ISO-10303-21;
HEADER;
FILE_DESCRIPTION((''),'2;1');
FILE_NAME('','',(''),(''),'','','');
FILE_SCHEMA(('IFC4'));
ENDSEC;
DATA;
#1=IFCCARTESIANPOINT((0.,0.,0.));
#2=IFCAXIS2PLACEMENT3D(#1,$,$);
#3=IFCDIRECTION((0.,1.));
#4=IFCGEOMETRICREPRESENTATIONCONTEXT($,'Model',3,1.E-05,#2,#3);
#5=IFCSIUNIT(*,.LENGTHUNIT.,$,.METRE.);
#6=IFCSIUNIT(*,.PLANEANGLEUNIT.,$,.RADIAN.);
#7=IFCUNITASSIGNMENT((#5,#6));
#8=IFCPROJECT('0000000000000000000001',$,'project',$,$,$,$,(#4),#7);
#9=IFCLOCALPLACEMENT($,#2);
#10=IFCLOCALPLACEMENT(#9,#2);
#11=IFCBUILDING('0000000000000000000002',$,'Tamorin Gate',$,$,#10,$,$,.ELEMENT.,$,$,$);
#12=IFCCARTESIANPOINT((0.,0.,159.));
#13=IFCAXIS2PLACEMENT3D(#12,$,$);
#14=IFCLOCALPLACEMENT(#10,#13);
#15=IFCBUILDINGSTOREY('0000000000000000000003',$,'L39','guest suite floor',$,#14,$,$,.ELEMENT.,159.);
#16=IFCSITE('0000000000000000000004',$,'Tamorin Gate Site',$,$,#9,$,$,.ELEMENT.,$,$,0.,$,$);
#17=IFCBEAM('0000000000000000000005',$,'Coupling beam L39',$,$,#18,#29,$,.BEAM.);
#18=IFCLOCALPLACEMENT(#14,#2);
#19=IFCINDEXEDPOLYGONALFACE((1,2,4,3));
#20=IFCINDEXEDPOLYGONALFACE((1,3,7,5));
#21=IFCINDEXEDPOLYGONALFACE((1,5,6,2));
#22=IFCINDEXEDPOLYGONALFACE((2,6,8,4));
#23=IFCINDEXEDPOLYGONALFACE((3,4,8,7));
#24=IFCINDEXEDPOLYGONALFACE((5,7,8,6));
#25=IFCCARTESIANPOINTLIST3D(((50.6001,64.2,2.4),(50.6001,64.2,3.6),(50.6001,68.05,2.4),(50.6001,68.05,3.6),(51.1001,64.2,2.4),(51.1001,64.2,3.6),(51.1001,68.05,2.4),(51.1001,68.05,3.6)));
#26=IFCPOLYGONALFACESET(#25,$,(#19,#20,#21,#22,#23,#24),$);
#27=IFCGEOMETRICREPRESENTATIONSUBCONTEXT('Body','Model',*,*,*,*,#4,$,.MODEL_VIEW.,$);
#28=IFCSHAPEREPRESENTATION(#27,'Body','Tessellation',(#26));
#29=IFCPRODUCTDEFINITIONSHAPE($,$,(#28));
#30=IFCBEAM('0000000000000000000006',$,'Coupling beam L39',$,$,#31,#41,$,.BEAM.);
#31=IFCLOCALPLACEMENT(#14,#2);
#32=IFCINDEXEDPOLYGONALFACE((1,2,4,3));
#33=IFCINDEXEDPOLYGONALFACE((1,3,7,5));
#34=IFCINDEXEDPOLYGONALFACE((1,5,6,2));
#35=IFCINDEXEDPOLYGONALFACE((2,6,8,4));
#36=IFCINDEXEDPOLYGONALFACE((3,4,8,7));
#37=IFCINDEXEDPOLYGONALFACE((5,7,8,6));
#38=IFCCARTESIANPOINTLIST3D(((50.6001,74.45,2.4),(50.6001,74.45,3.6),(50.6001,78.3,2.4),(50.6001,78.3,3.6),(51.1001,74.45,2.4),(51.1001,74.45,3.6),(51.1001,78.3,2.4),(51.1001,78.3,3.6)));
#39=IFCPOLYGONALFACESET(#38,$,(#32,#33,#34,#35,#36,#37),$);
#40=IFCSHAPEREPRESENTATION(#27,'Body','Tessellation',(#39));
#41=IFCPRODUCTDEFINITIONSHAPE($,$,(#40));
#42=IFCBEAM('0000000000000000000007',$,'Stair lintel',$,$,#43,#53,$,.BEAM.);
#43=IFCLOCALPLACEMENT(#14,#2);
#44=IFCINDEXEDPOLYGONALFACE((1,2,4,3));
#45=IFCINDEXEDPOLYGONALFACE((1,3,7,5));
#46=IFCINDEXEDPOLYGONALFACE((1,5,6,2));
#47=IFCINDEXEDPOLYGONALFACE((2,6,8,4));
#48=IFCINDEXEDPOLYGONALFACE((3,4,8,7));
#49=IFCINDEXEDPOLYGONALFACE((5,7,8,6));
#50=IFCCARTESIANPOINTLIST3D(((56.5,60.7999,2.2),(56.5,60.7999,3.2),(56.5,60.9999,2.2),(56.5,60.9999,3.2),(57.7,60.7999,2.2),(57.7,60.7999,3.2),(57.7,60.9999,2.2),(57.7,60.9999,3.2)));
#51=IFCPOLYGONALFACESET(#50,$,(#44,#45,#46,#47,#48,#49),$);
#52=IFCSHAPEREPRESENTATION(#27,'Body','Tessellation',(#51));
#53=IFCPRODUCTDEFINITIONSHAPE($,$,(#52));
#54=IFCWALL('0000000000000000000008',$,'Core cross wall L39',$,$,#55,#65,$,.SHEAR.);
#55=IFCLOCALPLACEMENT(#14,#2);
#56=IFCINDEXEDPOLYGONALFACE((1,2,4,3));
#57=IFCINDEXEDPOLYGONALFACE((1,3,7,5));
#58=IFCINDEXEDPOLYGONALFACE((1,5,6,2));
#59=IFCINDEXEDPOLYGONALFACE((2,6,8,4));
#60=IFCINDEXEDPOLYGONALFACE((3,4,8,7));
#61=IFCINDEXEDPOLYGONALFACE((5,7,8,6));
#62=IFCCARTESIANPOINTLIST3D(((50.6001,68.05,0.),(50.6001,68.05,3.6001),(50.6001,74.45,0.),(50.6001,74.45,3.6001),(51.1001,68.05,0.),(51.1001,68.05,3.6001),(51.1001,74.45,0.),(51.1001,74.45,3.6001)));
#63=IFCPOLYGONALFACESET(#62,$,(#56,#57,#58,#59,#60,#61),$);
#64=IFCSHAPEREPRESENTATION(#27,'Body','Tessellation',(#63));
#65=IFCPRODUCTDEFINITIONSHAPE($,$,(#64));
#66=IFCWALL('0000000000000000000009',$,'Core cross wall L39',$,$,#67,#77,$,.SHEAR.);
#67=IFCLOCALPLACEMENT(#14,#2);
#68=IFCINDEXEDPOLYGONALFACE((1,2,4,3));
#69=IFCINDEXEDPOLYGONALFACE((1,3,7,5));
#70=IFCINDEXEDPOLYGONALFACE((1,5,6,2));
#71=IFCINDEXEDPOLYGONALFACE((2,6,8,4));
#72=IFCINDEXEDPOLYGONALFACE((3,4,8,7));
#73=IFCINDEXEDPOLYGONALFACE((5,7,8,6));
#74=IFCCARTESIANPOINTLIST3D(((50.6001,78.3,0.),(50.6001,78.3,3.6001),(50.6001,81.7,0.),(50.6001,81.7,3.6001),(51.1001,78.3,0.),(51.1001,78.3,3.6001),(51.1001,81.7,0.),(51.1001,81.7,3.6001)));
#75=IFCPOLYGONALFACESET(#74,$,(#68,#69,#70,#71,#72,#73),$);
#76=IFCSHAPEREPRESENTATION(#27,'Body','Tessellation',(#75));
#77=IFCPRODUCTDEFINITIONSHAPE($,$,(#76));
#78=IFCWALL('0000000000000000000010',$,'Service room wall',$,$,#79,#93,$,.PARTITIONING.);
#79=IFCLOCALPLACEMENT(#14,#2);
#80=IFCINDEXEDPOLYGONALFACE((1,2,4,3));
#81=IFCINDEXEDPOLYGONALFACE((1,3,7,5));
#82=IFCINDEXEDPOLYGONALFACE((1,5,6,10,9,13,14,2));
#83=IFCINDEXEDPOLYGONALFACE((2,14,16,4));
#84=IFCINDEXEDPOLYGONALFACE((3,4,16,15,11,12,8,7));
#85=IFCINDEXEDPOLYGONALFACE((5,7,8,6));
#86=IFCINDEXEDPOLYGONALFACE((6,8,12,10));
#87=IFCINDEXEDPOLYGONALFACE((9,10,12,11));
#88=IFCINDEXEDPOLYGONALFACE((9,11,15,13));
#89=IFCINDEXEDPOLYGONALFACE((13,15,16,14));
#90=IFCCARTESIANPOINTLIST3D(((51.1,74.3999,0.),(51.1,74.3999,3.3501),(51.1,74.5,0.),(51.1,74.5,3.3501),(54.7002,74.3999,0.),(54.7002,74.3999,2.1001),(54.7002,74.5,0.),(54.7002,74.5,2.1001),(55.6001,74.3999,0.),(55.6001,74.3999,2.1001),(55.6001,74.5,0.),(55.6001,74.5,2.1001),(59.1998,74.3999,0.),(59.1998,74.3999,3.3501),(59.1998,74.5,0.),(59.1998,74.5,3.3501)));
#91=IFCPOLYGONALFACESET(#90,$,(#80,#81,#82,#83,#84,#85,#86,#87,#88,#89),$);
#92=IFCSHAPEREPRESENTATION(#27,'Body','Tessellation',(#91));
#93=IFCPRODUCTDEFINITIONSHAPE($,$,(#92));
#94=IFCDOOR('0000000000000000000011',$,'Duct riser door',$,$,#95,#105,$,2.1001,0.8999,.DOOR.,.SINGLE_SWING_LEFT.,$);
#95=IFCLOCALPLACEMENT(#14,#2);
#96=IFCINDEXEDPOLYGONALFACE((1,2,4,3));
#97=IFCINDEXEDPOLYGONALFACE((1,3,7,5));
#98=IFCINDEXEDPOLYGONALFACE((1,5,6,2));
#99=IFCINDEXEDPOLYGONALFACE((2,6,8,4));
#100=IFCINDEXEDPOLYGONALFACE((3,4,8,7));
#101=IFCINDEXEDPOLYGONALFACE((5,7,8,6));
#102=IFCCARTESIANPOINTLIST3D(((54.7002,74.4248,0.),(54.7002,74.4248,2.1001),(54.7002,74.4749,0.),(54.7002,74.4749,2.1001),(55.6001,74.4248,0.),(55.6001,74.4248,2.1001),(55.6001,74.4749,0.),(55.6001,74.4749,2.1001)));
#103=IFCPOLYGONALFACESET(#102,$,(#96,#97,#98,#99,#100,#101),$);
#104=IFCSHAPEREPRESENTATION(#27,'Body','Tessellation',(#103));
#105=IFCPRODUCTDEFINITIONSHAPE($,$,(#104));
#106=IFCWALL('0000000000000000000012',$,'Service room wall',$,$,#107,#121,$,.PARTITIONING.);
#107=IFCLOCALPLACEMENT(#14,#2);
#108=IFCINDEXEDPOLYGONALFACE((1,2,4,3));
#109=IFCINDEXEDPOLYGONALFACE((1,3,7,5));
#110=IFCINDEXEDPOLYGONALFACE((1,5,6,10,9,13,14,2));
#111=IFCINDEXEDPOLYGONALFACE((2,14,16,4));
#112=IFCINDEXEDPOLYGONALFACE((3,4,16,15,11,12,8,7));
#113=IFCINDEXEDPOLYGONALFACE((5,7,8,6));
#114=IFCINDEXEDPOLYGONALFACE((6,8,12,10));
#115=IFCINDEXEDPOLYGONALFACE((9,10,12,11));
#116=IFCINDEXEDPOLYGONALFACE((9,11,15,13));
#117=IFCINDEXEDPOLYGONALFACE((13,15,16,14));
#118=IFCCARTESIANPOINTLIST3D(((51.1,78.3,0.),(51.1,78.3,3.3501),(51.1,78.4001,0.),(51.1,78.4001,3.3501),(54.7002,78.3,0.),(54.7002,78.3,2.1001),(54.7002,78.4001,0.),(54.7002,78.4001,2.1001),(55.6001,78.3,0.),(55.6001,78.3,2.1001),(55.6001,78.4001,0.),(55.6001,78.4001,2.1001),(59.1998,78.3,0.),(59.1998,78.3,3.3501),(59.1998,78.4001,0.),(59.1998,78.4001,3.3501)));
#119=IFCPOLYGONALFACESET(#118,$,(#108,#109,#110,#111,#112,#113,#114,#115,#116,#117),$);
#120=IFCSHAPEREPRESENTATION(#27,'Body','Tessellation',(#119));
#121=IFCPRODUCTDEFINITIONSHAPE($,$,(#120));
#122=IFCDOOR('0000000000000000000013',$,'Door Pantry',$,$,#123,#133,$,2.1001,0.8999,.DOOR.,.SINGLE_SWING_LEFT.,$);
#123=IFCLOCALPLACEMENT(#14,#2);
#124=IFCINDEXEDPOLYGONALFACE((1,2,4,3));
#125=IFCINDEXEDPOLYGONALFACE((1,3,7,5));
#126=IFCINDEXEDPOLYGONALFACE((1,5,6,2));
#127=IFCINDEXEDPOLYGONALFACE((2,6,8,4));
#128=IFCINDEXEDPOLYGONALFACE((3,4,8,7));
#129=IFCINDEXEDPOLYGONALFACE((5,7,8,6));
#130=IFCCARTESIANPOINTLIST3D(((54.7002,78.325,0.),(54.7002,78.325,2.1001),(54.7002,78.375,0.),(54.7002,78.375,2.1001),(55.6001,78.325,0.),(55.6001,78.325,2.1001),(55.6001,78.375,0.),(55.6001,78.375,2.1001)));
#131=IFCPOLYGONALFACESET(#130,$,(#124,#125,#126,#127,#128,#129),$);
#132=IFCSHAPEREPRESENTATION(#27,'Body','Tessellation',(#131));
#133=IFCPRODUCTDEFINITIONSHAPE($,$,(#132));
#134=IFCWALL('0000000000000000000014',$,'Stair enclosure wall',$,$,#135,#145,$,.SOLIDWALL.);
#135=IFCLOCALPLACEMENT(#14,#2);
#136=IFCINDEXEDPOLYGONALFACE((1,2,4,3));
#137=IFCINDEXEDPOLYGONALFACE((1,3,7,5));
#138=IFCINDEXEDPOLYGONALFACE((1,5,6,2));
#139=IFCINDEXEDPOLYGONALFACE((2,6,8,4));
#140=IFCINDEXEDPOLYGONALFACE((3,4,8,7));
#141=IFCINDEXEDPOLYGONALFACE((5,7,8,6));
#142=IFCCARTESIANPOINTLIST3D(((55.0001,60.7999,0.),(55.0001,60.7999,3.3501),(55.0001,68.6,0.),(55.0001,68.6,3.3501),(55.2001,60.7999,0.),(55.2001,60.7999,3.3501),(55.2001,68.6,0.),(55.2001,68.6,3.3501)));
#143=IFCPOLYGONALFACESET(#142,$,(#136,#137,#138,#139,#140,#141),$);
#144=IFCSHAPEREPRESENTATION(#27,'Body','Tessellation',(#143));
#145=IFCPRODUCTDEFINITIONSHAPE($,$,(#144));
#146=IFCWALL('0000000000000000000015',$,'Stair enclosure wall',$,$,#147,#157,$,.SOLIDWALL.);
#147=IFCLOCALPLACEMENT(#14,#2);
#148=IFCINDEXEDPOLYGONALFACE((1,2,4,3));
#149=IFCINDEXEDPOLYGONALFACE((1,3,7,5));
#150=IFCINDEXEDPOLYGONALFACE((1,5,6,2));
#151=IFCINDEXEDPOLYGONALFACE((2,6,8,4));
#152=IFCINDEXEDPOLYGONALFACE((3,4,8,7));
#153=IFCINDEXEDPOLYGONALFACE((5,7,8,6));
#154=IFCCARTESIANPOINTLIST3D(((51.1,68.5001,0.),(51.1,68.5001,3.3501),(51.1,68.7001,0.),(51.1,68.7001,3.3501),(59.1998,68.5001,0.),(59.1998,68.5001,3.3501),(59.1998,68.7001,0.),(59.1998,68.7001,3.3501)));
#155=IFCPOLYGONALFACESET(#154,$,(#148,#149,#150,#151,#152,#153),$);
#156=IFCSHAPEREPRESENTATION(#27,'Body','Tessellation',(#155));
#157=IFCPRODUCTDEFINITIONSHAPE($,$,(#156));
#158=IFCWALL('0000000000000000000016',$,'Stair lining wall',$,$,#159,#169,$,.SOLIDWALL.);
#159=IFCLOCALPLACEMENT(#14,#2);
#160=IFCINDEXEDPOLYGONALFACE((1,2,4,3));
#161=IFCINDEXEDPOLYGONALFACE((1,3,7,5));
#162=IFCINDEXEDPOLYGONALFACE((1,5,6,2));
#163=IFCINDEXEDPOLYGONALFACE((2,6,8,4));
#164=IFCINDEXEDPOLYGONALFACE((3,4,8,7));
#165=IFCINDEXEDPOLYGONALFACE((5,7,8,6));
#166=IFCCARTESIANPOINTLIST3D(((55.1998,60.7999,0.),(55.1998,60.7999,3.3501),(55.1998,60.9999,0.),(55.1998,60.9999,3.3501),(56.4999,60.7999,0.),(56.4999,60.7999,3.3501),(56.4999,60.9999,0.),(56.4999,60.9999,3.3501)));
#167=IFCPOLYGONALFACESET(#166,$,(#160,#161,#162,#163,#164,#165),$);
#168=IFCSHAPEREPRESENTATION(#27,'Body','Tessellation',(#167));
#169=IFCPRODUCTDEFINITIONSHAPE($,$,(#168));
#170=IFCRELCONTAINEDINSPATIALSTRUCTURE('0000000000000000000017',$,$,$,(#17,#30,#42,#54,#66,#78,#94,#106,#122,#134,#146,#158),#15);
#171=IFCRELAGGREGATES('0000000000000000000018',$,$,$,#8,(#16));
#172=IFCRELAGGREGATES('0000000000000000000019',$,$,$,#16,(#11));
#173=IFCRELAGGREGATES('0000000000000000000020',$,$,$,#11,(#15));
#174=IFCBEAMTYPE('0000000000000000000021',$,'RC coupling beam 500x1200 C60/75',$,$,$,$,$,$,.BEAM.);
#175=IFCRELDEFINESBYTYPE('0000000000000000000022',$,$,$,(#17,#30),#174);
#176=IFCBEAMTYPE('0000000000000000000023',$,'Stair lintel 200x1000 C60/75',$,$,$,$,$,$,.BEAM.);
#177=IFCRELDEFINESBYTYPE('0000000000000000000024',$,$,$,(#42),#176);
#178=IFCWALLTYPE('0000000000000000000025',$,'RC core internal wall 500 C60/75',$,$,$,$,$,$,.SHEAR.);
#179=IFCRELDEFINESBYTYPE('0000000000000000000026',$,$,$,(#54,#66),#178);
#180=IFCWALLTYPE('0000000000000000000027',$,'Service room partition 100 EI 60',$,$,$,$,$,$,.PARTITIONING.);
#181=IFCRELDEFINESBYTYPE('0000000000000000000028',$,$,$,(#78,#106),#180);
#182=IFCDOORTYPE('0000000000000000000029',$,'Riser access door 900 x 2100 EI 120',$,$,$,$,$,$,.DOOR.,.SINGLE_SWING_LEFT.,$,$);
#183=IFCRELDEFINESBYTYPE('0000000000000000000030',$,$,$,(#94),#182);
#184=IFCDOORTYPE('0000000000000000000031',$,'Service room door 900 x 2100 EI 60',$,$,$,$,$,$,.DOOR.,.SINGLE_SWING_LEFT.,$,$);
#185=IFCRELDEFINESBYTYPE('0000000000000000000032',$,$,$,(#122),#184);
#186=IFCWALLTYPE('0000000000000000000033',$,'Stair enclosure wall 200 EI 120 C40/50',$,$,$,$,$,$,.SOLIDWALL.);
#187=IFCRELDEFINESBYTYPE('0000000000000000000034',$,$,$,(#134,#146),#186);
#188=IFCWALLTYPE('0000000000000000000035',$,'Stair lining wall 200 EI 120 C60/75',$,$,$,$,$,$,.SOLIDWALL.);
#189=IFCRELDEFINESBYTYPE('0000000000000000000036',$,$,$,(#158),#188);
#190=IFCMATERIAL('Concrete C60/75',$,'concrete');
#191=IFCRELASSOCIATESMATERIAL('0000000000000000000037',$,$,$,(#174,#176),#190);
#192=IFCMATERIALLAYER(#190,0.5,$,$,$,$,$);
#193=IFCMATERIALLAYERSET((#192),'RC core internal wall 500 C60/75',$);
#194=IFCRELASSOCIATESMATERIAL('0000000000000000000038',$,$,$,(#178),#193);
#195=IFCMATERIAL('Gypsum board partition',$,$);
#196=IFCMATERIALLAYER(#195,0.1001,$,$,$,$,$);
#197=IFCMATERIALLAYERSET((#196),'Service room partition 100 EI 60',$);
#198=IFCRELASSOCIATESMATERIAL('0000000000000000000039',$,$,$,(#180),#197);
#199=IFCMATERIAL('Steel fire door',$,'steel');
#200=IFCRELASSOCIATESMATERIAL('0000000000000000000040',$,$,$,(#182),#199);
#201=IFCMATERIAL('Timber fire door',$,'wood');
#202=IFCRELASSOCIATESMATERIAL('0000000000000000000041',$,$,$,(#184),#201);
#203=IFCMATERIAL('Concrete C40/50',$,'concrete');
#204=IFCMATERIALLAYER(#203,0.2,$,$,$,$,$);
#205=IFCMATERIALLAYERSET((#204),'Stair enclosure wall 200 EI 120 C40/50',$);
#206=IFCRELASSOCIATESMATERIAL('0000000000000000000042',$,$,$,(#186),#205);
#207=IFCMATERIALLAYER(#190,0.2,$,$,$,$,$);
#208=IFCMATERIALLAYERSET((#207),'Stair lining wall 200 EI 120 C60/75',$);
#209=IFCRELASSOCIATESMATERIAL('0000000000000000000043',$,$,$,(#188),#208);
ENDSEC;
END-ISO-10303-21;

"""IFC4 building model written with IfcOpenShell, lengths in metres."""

from ifc_helpers import new_model, si_unit, direction, frame, frame_2d, origin, origin_2d, place, context, subcontext, project, spatial, rectangle, extrude, material, layer, layer_set, material_profile, profile_set, type_object, element, fill, save


model = new_model("IFC4")

# Units and contexts
model_context = context("Model", 3, precision=1e-05, world=origin(), true_north=direction((0.0, 1.0)))
body_context = subcontext(model_context, "Body", "Model", "MODEL_VIEW")
ifc_project = project(units=[si_unit("LENGTHUNIT", "METRE"), si_unit("PLANEANGLEUNIT", "RADIAN")], contexts=[model_context])

# Site, building, storey
site_placement = place(None, origin())
site = spatial("IfcSite", under=ifc_project, at=site_placement, Name="Tamorin Gate Site", CompositionType="ELEMENT", RefElevation=0.0)
building_placement = place(site_placement, origin())
building = spatial("IfcBuilding", under=site, at=building_placement, Name="Tamorin Gate", CompositionType="ELEMENT")
storey_placement = place(building_placement, frame((0.0, 0.0, 159.0)))
storey = spatial("IfcBuildingStorey", under=building, at=storey_placement, Name="L39", Description="guest suite floor", CompositionType="ELEMENT", Elevation=159.0)

# Beams
ifc_material_1 = material(Name="Concrete C60/75", Category="concrete")
ifc_material_profile_1 = material_profile(ifc_material_1, rectangle(XDim=0.5, YDim=1.2, at=origin_2d()), Name="RC 500x1200")
ifc_profile_set_1 = profile_set([ifc_material_profile_1], Name="Concrete C60/75")
beam_type_1 = type_object("IfcBeamType", Name="RC coupling beam 500x1200 C60/75", PredefinedType="BEAM", material=ifc_profile_set_1)
for number, where, z_axis, x_axis, name in (
    (1, (50.8501, 64.2, 3.0), (0.0, 1.0, 0.0), (-1.0, 0.0, 0.0), "Coupling beam L39"),
    (2, (50.8501, 74.45, 3.0), (0.0, 1.0, 0.0), (-1.0, 0.0, 0.0), "Coupling beam L39"),
):
    element("IfcBeam", number, at=place(storey_placement, frame(where, z_axis=z_axis, x_axis=x_axis)), inside=storey, type_object=beam_type_1, Name=name, PredefinedType="BEAM", context=body_context, shape_type="SweptSolid", body=[
        extrude(rectangle(XDim=0.5, YDim=1.2, at=origin_2d()), origin(), (0.0, 0.0, 1.0), 3.8501),
    ])
ifc_material_profile_2 = material_profile(ifc_material_1, rectangle(XDim=0.2, YDim=1.0, at=origin_2d()))
ifc_profile_set_2 = profile_set([ifc_material_profile_2], Name="Concrete C60/75")
beam_type_2 = type_object("IfcBeamType", Name="Stair lintel 200x1000 C60/75", PredefinedType="BEAM", material=ifc_profile_set_2)
beam_placement = place(storey_placement, frame((56.5, 60.8999, 2.7), z_axis=(1.0, 0.0, 0.0), x_axis=(0.0, 1.0, 0.0)))
element("IfcBeam", 3, at=beam_placement, inside=storey, type_object=beam_type_2, Name="Stair lintel", PredefinedType="BEAM", context=body_context, shape_type="SweptSolid", body=[
    extrude(rectangle(XDim=0.2, YDim=1.0, at=origin_2d()), origin(), (0.0, 0.0, 1.0), 1.2),
])

# Walls
ifc_layer_1 = layer(ifc_material_1, 0.5)
ifc_layer_set_1 = layer_set([ifc_layer_1], Name="RC core internal wall 500 C60/75")
wall_type_1 = type_object("IfcWallType", Name="RC core internal wall 500 C60/75", PredefinedType="SHEAR", material=ifc_layer_set_1)
wall_1_placement = place(storey_placement, frame((50.8501, 68.05, 0.0), z_axis=(0.0, 0.0, 1.0), x_axis=(0.0, 1.0, 0.0)))
element("IfcWall", 4, at=wall_1_placement, inside=storey, type_object=wall_type_1, Name="Core cross wall L39", PredefinedType="SHEAR", context=body_context, shape_type="SweptSolid", body=[
    extrude(rectangle(XDim=6.3999, YDim=0.5, at=frame_2d((3.2, 0.0))), origin(), (0.0, 0.0, 1.0), 3.6001),
])
wall_2_placement = place(storey_placement, frame((50.8501, 78.3, 0.0), z_axis=(0.0, 0.0, 1.0), x_axis=(0.0, 1.0, 0.0)))
element("IfcWall", 5, at=wall_2_placement, inside=storey, type_object=wall_type_1, Name="Core cross wall L39", PredefinedType="SHEAR", context=body_context, shape_type="SweptSolid", body=[
    extrude(rectangle(XDim=3.3999, YDim=0.5, at=frame_2d((1.7, 0.0))), origin(), (0.0, 0.0, 1.0), 3.6001),
])

# Walls, openings, doors
ifc_material_2 = material(Name="Gypsum board partition")
ifc_layer_2 = layer(ifc_material_2, 0.1001)
ifc_layer_set_2 = layer_set([ifc_layer_2], Name="Service room partition 100 EI 60")
wall_type_2 = type_object("IfcWallType", Name="Service room partition 100 EI 60", PredefinedType="PARTITIONING", material=ifc_layer_set_2)
wall_3_placement = place(storey_placement, frame((51.1001, 74.45, 0.0), z_axis=(0.0, 0.0, 1.0), x_axis=(1.0, 0.0, 0.0)))
wall_3 = element("IfcWall", 6, at=wall_3_placement, inside=storey, type_object=wall_type_2, Name="Service room wall", PredefinedType="PARTITIONING", context=body_context, shape_type="SweptSolid", body=[
    extrude(rectangle(XDim=8.0999, YDim=0.1001, at=frame_2d((4.0498, 0.0))), origin(), (0.0, 0.0, 1.0), 3.3501),
])
opening_1_placement = place(wall_3_placement, frame((3.6001, 0.0, 0.0)))
opening_1 = element("IfcOpeningElement", 7, at=opening_1_placement, cuts=wall_3, PredefinedType="OPENING", context=body_context, shape_type="SweptSolid", body=[
    extrude(rectangle(XDim=0.8999, YDim=2.1001, at=frame_2d((0.45, 1.05))), frame((0.0, 0.0601, 0.0), z_axis=(0.0, -1.0, 0.0), x_axis=(1.0, 0.0, 0.0)), (0.0, 0.0, 1.0), 0.1201),
])
ifc_material_3 = material(Name="Steel fire door", Category="steel")
door_type_1 = type_object("IfcDoorType", Name="Riser access door 900 x 2100 EI 120", OperationType="SINGLE_SWING_LEFT", PredefinedType="DOOR", material=ifc_material_3)
door_1_placement = place(opening_1_placement, origin())
door_1 = element("IfcDoor", 8, at=door_1_placement, inside=storey, type_object=door_type_1, Name="Duct riser door", OperationType="SINGLE_SWING_LEFT", OverallHeight=2.1001, OverallWidth=0.8999, PredefinedType="DOOR", context=body_context, shape_type="SweptSolid", body=[
    extrude(rectangle(XDim=0.8999, YDim=2.1001, at=frame_2d((0.45, 1.05))), frame((0.0, 0.0249, 0.0), z_axis=(0.0, -1.0, 0.0), x_axis=(1.0, 0.0, 0.0)), (0.0, 0.0, 1.0), 0.05),
])
fill(opening_1, door_1)
wall_4_placement = place(storey_placement, frame((51.1001, 78.3501, 0.0), z_axis=(0.0, 0.0, 1.0), x_axis=(1.0, 0.0, 0.0)))
wall_4 = element("IfcWall", 9, at=wall_4_placement, inside=storey, type_object=wall_type_2, Name="Service room wall", PredefinedType="PARTITIONING", context=body_context, shape_type="SweptSolid", body=[
    extrude(rectangle(XDim=8.0999, YDim=0.1001, at=frame_2d((4.0498, 0.0))), origin(), (0.0, 0.0, 1.0), 3.3501),
])
opening_2_placement = place(wall_4_placement, frame((3.6001, 0.0, 0.0)))
opening_2 = element("IfcOpeningElement", 10, at=opening_2_placement, cuts=wall_4, PredefinedType="OPENING", context=body_context, shape_type="SweptSolid", body=[
    extrude(rectangle(XDim=0.8999, YDim=2.1001, at=frame_2d((0.45, 1.05))), frame((0.0, 0.0601, 0.0), z_axis=(0.0, -1.0, 0.0), x_axis=(1.0, 0.0, 0.0)), (0.0, 0.0, 1.0), 0.1201),
])
ifc_material_4 = material(Name="Timber fire door", Category="wood")
door_type_2 = type_object("IfcDoorType", Name="Service room door 900 x 2100 EI 60", OperationType="SINGLE_SWING_LEFT", PredefinedType="DOOR", material=ifc_material_4)
door_2_placement = place(opening_2_placement, origin())
door_2 = element("IfcDoor", 11, at=door_2_placement, inside=storey, type_object=door_type_2, Name="Door Pantry", OperationType="SINGLE_SWING_LEFT", OverallHeight=2.1001, OverallWidth=0.8999, PredefinedType="DOOR", context=body_context, shape_type="SweptSolid", body=[
    extrude(rectangle(XDim=0.8999, YDim=2.1001, at=frame_2d((0.45, 1.05))), frame((0.0, 0.0249, 0.0), z_axis=(0.0, -1.0, 0.0), x_axis=(1.0, 0.0, 0.0)), (0.0, 0.0, 1.0), 0.05),
])
fill(opening_2, door_2)

# Walls
ifc_material_5 = material(Name="Concrete C40/50", Category="concrete")
ifc_layer_3 = layer(ifc_material_5, 0.2)
ifc_layer_set_3 = layer_set([ifc_layer_3], Name="Stair enclosure wall 200 EI 120 C40/50")
wall_type_3 = type_object("IfcWallType", Name="Stair enclosure wall 200 EI 120 C40/50", PredefinedType="SOLIDWALL", material=ifc_layer_set_3)
wall_5_placement = place(storey_placement, frame((55.1001, 60.8, 0.0), z_axis=(0.0, 0.0, 1.0), x_axis=(0.0, 1.0, 0.0)))
element("IfcWall", 12, at=wall_5_placement, inside=storey, type_object=wall_type_3, Name="Stair enclosure wall", PredefinedType="SOLIDWALL", context=body_context, shape_type="SweptSolid", body=[
    extrude(rectangle(XDim=7.8, YDim=0.2, at=frame_2d((3.8999, 0.0))), origin(), (0.0, 0.0, 1.0), 3.3501),
])
wall_6_placement = place(storey_placement, frame((51.1001, 68.6001, 0.0), z_axis=(0.0, 0.0, 1.0), x_axis=(1.0, 0.0, 0.0)))
element("IfcWall", 13, at=wall_6_placement, inside=storey, type_object=wall_type_3, Name="Stair enclosure wall", PredefinedType="SOLIDWALL", context=body_context, shape_type="SweptSolid", body=[
    extrude(rectangle(XDim=8.0999, YDim=0.2, at=frame_2d((4.0498, 0.0))), origin(), (0.0, 0.0, 1.0), 3.3501),
])
ifc_layer_4 = layer(ifc_material_1, 0.2)
ifc_layer_set_4 = layer_set([ifc_layer_4], Name="Stair lining wall 200 EI 120 C60/75")
wall_type_4 = type_object("IfcWallType", Name="Stair lining wall 200 EI 120 C60/75", PredefinedType="SOLIDWALL", material=ifc_layer_set_4)
wall_7_placement = place(storey_placement, frame((55.2, 60.8999, 0.0), z_axis=(0.0, 0.0, 1.0), x_axis=(1.0, 0.0, 0.0)))
element("IfcWall", 14, at=wall_7_placement, inside=storey, type_object=wall_type_4, Name="Stair lining wall", PredefinedType="SOLIDWALL", context=body_context, shape_type="SweptSolid", body=[
    extrude(rectangle(XDim=1.3, YDim=0.2, at=frame_2d((0.6499, 0.0))), origin(), (0.0, 0.0, 1.0), 3.3501),
])

save(model, "model.ifc")
